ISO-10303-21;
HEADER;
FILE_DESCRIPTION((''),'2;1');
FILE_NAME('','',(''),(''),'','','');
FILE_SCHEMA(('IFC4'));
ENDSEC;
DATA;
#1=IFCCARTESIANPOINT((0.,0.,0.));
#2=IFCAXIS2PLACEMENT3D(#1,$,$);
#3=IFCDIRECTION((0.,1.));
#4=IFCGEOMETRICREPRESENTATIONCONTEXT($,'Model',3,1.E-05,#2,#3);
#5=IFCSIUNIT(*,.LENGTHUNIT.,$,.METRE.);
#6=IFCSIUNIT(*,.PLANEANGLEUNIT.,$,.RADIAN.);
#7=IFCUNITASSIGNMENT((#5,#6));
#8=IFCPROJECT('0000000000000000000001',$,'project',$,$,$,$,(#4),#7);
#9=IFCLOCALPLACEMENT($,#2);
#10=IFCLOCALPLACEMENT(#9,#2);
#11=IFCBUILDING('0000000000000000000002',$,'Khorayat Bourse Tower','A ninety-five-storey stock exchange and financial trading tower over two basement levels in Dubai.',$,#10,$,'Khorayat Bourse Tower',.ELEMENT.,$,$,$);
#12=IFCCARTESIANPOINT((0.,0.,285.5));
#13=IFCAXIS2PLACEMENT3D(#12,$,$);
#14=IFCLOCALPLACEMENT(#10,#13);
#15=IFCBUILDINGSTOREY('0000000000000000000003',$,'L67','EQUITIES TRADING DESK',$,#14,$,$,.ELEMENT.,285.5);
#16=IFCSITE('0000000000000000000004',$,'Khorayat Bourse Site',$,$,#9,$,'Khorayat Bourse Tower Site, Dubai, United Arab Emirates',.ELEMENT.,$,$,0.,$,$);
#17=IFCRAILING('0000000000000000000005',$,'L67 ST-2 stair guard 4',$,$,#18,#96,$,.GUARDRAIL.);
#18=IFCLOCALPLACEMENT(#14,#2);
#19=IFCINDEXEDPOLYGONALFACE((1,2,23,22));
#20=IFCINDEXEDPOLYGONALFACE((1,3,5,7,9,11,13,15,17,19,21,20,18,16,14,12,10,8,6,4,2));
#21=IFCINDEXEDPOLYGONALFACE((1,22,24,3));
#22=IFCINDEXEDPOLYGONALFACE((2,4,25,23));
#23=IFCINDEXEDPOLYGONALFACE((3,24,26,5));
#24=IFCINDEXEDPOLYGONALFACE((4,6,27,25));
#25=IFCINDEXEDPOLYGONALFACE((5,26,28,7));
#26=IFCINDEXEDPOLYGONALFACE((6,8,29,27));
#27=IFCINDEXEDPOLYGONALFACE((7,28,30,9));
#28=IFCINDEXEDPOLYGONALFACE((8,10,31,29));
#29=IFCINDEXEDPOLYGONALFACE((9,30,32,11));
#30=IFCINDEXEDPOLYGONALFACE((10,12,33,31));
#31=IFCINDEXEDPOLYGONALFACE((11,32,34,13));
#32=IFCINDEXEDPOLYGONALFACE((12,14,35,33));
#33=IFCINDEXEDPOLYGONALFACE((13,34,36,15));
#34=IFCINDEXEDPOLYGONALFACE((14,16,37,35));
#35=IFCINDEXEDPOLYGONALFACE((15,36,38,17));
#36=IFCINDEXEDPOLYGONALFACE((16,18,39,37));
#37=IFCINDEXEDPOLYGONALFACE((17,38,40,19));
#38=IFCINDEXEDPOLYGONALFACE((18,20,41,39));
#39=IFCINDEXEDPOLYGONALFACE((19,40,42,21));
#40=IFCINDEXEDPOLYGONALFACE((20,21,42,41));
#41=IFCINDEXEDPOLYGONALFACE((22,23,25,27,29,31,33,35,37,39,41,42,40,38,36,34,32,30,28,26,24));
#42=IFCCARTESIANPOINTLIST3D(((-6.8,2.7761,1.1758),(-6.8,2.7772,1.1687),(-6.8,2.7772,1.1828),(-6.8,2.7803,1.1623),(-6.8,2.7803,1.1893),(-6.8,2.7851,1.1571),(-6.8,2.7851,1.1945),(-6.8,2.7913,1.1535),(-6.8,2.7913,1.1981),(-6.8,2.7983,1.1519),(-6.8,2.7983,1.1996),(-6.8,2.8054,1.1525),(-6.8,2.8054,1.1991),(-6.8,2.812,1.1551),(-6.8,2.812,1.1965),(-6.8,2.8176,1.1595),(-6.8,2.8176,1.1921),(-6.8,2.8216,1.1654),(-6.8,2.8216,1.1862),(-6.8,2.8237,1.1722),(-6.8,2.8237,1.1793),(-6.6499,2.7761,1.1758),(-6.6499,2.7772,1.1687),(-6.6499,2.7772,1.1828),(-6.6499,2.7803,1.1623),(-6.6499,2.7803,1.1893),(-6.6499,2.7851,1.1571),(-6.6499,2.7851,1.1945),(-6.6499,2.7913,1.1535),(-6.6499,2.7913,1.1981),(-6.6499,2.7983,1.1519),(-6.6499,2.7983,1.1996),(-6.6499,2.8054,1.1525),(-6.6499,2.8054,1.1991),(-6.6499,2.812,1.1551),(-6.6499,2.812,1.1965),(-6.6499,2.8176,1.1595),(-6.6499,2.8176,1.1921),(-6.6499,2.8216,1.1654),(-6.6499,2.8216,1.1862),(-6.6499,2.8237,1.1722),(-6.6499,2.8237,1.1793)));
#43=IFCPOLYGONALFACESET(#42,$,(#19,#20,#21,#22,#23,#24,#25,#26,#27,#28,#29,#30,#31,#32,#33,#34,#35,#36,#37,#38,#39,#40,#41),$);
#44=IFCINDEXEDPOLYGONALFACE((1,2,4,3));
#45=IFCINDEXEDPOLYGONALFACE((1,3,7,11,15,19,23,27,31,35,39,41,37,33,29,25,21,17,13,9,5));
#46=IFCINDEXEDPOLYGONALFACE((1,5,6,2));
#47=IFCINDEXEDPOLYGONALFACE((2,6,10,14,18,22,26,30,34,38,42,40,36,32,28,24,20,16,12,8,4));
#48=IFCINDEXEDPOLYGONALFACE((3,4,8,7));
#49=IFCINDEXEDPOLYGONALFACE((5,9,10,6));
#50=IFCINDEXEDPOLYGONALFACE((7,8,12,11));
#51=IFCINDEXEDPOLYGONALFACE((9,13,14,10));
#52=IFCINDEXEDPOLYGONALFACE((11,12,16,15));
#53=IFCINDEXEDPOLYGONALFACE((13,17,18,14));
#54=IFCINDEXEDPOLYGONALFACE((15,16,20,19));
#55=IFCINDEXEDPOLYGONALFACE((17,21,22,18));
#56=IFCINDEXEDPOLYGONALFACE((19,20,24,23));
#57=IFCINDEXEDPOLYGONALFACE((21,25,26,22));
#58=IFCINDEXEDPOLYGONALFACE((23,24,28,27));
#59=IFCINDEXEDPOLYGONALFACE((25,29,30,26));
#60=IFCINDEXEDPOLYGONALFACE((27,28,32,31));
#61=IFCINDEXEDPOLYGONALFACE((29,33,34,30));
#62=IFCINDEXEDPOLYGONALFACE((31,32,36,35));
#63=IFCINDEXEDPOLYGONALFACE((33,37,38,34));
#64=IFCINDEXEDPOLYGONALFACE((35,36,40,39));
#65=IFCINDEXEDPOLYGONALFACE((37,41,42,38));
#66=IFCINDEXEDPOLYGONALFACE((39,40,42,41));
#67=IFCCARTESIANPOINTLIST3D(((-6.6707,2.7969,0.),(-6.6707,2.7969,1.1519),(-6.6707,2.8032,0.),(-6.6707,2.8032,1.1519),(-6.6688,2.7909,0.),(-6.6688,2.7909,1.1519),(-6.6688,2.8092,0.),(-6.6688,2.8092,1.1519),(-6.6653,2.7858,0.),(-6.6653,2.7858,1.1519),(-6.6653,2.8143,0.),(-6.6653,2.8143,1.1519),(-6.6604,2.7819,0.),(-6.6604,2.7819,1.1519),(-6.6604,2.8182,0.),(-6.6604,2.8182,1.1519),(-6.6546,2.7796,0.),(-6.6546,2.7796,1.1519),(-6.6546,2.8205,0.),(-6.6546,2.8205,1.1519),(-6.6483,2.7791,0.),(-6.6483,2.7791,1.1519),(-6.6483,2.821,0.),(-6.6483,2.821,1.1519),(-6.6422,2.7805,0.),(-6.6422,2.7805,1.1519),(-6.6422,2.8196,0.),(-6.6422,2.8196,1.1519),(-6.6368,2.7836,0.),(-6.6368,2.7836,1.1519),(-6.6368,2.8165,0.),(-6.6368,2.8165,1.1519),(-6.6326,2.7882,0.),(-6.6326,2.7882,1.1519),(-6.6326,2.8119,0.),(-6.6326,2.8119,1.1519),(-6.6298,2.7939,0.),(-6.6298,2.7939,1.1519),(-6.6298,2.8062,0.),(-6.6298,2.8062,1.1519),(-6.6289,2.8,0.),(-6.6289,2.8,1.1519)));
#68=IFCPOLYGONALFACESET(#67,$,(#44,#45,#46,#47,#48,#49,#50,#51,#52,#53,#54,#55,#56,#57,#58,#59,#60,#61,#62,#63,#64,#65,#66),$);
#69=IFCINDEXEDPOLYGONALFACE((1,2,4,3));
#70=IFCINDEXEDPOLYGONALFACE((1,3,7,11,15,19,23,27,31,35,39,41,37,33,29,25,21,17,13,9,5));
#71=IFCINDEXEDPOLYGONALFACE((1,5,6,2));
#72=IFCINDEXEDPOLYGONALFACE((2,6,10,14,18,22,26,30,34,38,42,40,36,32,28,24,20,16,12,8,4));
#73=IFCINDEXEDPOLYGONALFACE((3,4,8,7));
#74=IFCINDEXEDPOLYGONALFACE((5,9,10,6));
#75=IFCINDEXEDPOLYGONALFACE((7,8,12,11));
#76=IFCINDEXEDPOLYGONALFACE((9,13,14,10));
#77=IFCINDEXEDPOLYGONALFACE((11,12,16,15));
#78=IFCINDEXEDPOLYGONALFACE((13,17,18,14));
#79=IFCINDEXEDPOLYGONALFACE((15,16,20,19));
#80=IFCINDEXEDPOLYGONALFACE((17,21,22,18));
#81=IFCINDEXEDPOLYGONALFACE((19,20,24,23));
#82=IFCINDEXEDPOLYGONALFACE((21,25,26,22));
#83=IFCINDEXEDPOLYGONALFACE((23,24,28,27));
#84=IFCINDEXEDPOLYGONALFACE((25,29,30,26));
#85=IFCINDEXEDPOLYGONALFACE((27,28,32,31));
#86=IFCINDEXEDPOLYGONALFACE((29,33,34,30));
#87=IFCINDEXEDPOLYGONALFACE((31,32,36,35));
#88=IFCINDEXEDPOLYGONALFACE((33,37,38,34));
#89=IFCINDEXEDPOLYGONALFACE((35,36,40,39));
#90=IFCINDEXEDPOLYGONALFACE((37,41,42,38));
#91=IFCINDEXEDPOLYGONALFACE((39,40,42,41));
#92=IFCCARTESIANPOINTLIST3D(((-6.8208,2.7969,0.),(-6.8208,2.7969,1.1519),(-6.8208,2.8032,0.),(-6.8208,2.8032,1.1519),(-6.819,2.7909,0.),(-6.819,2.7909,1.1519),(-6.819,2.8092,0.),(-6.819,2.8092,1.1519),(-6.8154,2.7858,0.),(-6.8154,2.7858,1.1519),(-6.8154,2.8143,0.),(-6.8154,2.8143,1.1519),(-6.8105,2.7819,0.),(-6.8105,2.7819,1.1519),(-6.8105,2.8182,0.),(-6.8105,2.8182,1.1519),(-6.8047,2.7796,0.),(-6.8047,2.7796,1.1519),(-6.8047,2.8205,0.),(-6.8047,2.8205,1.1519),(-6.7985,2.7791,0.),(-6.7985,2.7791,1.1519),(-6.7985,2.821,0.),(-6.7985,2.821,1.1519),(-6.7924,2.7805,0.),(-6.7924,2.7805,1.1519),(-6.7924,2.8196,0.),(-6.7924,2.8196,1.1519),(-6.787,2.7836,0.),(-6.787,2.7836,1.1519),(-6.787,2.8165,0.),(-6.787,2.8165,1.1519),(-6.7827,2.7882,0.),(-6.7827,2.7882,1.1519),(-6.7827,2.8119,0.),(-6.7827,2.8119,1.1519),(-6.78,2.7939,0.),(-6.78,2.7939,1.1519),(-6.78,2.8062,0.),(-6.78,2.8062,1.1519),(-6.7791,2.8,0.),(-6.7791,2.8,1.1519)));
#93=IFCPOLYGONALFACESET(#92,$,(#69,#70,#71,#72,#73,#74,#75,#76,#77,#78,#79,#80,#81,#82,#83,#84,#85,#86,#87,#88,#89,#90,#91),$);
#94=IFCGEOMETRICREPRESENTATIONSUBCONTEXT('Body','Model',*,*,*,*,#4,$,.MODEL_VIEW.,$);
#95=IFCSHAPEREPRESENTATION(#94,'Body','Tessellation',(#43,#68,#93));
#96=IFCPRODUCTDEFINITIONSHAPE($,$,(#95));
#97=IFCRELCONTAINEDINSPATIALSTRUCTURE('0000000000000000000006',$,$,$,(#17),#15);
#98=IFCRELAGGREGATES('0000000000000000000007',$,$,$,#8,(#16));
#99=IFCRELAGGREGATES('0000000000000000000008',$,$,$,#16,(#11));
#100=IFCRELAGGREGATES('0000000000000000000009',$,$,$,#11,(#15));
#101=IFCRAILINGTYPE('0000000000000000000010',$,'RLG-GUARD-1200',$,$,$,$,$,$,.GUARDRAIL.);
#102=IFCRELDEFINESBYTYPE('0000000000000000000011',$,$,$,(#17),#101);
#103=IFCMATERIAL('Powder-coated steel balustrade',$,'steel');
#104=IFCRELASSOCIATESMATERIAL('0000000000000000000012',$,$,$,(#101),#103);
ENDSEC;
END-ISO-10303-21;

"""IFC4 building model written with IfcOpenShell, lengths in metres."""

from ifc_helpers import new_model, si_unit, direction, frame, origin, origin_2d, place, context, subcontext, project, spatial, circle, extrude, source, transform, mapped, material, type_object, element, save


model = new_model("IFC4")

# Units and contexts
model_context = context("Model", 3, precision=1e-05, world=origin(), true_north=direction((0.0, 1.0)))
body_context = subcontext(model_context, "Body", "Model", "MODEL_VIEW")
ifc_project = project(units=[si_unit("LENGTHUNIT", "METRE"), si_unit("PLANEANGLEUNIT", "RADIAN")], contexts=[model_context])

# Site, building, storey
site_placement = place(None, origin())
site = spatial("IfcSite", under=ifc_project, at=site_placement, Name="Khorayat Bourse Site", LongName="Khorayat Bourse Tower Site, Dubai, United Arab Emirates", CompositionType="ELEMENT", RefElevation=0.0)
building_placement = place(site_placement, origin())
building = spatial("IfcBuilding", under=site, at=building_placement, Name="Khorayat Bourse Tower", Description="A ninety-five-storey stock exchange and financial trading tower over two basement levels in Dubai.", LongName="Khorayat Bourse Tower", CompositionType="ELEMENT")
storey_placement = place(building_placement, frame((0.0, 0.0, 285.5)))
storey = spatial("IfcBuildingStorey", under=building, at=storey_placement, Name="L67", Description="EQUITIES TRADING DESK", CompositionType="ELEMENT", Elevation=285.5)

# Railing
ifc_material_1 = material(Name="Powder-coated steel balustrade", Category="steel")
railing_type_1 = type_object("IfcRailingType", Name="RLG-GUARD-1200", PredefinedType="GUARDRAIL", material=ifc_material_1)
shared_shape_1 = source(origin(), body_context, "Body", "SweptSolid", [
    extrude(circle(Radius=0.0239, at=origin_2d()), frame((0.0, 0.0, 1.1758), z_axis=(-1.0, 0.0, 0.0), x_axis=(0.0, -1.0, 0.0)), (0.0, 0.0, 1.0), 0.1501),
    extrude(circle(Radius=0.021, at=origin_2d()), origin(), (0.0, 0.0, 1.0), 1.1519),
    extrude(circle(Radius=0.021, at=origin_2d()), frame((-0.1501, 0.0, 0.0)), (0.0, 0.0, 1.0), 1.1519),
])
for number, where, name in (
    (1, (-6.6499, 2.8, 0.0), "L67 ST-2 stair guard 4"),
):
    element("IfcRailing", number, at=place(storey_placement, frame(where)), inside=storey, type_object=railing_type_1, Name=name, PredefinedType="GUARDRAIL", context=body_context, shape_type="MappedRepresentation", body=[
        mapped(shared_shape_1, transform((0.0, 0.0, 0.0), scale=1.0)),
    ])

save(model, "model.ifc")
